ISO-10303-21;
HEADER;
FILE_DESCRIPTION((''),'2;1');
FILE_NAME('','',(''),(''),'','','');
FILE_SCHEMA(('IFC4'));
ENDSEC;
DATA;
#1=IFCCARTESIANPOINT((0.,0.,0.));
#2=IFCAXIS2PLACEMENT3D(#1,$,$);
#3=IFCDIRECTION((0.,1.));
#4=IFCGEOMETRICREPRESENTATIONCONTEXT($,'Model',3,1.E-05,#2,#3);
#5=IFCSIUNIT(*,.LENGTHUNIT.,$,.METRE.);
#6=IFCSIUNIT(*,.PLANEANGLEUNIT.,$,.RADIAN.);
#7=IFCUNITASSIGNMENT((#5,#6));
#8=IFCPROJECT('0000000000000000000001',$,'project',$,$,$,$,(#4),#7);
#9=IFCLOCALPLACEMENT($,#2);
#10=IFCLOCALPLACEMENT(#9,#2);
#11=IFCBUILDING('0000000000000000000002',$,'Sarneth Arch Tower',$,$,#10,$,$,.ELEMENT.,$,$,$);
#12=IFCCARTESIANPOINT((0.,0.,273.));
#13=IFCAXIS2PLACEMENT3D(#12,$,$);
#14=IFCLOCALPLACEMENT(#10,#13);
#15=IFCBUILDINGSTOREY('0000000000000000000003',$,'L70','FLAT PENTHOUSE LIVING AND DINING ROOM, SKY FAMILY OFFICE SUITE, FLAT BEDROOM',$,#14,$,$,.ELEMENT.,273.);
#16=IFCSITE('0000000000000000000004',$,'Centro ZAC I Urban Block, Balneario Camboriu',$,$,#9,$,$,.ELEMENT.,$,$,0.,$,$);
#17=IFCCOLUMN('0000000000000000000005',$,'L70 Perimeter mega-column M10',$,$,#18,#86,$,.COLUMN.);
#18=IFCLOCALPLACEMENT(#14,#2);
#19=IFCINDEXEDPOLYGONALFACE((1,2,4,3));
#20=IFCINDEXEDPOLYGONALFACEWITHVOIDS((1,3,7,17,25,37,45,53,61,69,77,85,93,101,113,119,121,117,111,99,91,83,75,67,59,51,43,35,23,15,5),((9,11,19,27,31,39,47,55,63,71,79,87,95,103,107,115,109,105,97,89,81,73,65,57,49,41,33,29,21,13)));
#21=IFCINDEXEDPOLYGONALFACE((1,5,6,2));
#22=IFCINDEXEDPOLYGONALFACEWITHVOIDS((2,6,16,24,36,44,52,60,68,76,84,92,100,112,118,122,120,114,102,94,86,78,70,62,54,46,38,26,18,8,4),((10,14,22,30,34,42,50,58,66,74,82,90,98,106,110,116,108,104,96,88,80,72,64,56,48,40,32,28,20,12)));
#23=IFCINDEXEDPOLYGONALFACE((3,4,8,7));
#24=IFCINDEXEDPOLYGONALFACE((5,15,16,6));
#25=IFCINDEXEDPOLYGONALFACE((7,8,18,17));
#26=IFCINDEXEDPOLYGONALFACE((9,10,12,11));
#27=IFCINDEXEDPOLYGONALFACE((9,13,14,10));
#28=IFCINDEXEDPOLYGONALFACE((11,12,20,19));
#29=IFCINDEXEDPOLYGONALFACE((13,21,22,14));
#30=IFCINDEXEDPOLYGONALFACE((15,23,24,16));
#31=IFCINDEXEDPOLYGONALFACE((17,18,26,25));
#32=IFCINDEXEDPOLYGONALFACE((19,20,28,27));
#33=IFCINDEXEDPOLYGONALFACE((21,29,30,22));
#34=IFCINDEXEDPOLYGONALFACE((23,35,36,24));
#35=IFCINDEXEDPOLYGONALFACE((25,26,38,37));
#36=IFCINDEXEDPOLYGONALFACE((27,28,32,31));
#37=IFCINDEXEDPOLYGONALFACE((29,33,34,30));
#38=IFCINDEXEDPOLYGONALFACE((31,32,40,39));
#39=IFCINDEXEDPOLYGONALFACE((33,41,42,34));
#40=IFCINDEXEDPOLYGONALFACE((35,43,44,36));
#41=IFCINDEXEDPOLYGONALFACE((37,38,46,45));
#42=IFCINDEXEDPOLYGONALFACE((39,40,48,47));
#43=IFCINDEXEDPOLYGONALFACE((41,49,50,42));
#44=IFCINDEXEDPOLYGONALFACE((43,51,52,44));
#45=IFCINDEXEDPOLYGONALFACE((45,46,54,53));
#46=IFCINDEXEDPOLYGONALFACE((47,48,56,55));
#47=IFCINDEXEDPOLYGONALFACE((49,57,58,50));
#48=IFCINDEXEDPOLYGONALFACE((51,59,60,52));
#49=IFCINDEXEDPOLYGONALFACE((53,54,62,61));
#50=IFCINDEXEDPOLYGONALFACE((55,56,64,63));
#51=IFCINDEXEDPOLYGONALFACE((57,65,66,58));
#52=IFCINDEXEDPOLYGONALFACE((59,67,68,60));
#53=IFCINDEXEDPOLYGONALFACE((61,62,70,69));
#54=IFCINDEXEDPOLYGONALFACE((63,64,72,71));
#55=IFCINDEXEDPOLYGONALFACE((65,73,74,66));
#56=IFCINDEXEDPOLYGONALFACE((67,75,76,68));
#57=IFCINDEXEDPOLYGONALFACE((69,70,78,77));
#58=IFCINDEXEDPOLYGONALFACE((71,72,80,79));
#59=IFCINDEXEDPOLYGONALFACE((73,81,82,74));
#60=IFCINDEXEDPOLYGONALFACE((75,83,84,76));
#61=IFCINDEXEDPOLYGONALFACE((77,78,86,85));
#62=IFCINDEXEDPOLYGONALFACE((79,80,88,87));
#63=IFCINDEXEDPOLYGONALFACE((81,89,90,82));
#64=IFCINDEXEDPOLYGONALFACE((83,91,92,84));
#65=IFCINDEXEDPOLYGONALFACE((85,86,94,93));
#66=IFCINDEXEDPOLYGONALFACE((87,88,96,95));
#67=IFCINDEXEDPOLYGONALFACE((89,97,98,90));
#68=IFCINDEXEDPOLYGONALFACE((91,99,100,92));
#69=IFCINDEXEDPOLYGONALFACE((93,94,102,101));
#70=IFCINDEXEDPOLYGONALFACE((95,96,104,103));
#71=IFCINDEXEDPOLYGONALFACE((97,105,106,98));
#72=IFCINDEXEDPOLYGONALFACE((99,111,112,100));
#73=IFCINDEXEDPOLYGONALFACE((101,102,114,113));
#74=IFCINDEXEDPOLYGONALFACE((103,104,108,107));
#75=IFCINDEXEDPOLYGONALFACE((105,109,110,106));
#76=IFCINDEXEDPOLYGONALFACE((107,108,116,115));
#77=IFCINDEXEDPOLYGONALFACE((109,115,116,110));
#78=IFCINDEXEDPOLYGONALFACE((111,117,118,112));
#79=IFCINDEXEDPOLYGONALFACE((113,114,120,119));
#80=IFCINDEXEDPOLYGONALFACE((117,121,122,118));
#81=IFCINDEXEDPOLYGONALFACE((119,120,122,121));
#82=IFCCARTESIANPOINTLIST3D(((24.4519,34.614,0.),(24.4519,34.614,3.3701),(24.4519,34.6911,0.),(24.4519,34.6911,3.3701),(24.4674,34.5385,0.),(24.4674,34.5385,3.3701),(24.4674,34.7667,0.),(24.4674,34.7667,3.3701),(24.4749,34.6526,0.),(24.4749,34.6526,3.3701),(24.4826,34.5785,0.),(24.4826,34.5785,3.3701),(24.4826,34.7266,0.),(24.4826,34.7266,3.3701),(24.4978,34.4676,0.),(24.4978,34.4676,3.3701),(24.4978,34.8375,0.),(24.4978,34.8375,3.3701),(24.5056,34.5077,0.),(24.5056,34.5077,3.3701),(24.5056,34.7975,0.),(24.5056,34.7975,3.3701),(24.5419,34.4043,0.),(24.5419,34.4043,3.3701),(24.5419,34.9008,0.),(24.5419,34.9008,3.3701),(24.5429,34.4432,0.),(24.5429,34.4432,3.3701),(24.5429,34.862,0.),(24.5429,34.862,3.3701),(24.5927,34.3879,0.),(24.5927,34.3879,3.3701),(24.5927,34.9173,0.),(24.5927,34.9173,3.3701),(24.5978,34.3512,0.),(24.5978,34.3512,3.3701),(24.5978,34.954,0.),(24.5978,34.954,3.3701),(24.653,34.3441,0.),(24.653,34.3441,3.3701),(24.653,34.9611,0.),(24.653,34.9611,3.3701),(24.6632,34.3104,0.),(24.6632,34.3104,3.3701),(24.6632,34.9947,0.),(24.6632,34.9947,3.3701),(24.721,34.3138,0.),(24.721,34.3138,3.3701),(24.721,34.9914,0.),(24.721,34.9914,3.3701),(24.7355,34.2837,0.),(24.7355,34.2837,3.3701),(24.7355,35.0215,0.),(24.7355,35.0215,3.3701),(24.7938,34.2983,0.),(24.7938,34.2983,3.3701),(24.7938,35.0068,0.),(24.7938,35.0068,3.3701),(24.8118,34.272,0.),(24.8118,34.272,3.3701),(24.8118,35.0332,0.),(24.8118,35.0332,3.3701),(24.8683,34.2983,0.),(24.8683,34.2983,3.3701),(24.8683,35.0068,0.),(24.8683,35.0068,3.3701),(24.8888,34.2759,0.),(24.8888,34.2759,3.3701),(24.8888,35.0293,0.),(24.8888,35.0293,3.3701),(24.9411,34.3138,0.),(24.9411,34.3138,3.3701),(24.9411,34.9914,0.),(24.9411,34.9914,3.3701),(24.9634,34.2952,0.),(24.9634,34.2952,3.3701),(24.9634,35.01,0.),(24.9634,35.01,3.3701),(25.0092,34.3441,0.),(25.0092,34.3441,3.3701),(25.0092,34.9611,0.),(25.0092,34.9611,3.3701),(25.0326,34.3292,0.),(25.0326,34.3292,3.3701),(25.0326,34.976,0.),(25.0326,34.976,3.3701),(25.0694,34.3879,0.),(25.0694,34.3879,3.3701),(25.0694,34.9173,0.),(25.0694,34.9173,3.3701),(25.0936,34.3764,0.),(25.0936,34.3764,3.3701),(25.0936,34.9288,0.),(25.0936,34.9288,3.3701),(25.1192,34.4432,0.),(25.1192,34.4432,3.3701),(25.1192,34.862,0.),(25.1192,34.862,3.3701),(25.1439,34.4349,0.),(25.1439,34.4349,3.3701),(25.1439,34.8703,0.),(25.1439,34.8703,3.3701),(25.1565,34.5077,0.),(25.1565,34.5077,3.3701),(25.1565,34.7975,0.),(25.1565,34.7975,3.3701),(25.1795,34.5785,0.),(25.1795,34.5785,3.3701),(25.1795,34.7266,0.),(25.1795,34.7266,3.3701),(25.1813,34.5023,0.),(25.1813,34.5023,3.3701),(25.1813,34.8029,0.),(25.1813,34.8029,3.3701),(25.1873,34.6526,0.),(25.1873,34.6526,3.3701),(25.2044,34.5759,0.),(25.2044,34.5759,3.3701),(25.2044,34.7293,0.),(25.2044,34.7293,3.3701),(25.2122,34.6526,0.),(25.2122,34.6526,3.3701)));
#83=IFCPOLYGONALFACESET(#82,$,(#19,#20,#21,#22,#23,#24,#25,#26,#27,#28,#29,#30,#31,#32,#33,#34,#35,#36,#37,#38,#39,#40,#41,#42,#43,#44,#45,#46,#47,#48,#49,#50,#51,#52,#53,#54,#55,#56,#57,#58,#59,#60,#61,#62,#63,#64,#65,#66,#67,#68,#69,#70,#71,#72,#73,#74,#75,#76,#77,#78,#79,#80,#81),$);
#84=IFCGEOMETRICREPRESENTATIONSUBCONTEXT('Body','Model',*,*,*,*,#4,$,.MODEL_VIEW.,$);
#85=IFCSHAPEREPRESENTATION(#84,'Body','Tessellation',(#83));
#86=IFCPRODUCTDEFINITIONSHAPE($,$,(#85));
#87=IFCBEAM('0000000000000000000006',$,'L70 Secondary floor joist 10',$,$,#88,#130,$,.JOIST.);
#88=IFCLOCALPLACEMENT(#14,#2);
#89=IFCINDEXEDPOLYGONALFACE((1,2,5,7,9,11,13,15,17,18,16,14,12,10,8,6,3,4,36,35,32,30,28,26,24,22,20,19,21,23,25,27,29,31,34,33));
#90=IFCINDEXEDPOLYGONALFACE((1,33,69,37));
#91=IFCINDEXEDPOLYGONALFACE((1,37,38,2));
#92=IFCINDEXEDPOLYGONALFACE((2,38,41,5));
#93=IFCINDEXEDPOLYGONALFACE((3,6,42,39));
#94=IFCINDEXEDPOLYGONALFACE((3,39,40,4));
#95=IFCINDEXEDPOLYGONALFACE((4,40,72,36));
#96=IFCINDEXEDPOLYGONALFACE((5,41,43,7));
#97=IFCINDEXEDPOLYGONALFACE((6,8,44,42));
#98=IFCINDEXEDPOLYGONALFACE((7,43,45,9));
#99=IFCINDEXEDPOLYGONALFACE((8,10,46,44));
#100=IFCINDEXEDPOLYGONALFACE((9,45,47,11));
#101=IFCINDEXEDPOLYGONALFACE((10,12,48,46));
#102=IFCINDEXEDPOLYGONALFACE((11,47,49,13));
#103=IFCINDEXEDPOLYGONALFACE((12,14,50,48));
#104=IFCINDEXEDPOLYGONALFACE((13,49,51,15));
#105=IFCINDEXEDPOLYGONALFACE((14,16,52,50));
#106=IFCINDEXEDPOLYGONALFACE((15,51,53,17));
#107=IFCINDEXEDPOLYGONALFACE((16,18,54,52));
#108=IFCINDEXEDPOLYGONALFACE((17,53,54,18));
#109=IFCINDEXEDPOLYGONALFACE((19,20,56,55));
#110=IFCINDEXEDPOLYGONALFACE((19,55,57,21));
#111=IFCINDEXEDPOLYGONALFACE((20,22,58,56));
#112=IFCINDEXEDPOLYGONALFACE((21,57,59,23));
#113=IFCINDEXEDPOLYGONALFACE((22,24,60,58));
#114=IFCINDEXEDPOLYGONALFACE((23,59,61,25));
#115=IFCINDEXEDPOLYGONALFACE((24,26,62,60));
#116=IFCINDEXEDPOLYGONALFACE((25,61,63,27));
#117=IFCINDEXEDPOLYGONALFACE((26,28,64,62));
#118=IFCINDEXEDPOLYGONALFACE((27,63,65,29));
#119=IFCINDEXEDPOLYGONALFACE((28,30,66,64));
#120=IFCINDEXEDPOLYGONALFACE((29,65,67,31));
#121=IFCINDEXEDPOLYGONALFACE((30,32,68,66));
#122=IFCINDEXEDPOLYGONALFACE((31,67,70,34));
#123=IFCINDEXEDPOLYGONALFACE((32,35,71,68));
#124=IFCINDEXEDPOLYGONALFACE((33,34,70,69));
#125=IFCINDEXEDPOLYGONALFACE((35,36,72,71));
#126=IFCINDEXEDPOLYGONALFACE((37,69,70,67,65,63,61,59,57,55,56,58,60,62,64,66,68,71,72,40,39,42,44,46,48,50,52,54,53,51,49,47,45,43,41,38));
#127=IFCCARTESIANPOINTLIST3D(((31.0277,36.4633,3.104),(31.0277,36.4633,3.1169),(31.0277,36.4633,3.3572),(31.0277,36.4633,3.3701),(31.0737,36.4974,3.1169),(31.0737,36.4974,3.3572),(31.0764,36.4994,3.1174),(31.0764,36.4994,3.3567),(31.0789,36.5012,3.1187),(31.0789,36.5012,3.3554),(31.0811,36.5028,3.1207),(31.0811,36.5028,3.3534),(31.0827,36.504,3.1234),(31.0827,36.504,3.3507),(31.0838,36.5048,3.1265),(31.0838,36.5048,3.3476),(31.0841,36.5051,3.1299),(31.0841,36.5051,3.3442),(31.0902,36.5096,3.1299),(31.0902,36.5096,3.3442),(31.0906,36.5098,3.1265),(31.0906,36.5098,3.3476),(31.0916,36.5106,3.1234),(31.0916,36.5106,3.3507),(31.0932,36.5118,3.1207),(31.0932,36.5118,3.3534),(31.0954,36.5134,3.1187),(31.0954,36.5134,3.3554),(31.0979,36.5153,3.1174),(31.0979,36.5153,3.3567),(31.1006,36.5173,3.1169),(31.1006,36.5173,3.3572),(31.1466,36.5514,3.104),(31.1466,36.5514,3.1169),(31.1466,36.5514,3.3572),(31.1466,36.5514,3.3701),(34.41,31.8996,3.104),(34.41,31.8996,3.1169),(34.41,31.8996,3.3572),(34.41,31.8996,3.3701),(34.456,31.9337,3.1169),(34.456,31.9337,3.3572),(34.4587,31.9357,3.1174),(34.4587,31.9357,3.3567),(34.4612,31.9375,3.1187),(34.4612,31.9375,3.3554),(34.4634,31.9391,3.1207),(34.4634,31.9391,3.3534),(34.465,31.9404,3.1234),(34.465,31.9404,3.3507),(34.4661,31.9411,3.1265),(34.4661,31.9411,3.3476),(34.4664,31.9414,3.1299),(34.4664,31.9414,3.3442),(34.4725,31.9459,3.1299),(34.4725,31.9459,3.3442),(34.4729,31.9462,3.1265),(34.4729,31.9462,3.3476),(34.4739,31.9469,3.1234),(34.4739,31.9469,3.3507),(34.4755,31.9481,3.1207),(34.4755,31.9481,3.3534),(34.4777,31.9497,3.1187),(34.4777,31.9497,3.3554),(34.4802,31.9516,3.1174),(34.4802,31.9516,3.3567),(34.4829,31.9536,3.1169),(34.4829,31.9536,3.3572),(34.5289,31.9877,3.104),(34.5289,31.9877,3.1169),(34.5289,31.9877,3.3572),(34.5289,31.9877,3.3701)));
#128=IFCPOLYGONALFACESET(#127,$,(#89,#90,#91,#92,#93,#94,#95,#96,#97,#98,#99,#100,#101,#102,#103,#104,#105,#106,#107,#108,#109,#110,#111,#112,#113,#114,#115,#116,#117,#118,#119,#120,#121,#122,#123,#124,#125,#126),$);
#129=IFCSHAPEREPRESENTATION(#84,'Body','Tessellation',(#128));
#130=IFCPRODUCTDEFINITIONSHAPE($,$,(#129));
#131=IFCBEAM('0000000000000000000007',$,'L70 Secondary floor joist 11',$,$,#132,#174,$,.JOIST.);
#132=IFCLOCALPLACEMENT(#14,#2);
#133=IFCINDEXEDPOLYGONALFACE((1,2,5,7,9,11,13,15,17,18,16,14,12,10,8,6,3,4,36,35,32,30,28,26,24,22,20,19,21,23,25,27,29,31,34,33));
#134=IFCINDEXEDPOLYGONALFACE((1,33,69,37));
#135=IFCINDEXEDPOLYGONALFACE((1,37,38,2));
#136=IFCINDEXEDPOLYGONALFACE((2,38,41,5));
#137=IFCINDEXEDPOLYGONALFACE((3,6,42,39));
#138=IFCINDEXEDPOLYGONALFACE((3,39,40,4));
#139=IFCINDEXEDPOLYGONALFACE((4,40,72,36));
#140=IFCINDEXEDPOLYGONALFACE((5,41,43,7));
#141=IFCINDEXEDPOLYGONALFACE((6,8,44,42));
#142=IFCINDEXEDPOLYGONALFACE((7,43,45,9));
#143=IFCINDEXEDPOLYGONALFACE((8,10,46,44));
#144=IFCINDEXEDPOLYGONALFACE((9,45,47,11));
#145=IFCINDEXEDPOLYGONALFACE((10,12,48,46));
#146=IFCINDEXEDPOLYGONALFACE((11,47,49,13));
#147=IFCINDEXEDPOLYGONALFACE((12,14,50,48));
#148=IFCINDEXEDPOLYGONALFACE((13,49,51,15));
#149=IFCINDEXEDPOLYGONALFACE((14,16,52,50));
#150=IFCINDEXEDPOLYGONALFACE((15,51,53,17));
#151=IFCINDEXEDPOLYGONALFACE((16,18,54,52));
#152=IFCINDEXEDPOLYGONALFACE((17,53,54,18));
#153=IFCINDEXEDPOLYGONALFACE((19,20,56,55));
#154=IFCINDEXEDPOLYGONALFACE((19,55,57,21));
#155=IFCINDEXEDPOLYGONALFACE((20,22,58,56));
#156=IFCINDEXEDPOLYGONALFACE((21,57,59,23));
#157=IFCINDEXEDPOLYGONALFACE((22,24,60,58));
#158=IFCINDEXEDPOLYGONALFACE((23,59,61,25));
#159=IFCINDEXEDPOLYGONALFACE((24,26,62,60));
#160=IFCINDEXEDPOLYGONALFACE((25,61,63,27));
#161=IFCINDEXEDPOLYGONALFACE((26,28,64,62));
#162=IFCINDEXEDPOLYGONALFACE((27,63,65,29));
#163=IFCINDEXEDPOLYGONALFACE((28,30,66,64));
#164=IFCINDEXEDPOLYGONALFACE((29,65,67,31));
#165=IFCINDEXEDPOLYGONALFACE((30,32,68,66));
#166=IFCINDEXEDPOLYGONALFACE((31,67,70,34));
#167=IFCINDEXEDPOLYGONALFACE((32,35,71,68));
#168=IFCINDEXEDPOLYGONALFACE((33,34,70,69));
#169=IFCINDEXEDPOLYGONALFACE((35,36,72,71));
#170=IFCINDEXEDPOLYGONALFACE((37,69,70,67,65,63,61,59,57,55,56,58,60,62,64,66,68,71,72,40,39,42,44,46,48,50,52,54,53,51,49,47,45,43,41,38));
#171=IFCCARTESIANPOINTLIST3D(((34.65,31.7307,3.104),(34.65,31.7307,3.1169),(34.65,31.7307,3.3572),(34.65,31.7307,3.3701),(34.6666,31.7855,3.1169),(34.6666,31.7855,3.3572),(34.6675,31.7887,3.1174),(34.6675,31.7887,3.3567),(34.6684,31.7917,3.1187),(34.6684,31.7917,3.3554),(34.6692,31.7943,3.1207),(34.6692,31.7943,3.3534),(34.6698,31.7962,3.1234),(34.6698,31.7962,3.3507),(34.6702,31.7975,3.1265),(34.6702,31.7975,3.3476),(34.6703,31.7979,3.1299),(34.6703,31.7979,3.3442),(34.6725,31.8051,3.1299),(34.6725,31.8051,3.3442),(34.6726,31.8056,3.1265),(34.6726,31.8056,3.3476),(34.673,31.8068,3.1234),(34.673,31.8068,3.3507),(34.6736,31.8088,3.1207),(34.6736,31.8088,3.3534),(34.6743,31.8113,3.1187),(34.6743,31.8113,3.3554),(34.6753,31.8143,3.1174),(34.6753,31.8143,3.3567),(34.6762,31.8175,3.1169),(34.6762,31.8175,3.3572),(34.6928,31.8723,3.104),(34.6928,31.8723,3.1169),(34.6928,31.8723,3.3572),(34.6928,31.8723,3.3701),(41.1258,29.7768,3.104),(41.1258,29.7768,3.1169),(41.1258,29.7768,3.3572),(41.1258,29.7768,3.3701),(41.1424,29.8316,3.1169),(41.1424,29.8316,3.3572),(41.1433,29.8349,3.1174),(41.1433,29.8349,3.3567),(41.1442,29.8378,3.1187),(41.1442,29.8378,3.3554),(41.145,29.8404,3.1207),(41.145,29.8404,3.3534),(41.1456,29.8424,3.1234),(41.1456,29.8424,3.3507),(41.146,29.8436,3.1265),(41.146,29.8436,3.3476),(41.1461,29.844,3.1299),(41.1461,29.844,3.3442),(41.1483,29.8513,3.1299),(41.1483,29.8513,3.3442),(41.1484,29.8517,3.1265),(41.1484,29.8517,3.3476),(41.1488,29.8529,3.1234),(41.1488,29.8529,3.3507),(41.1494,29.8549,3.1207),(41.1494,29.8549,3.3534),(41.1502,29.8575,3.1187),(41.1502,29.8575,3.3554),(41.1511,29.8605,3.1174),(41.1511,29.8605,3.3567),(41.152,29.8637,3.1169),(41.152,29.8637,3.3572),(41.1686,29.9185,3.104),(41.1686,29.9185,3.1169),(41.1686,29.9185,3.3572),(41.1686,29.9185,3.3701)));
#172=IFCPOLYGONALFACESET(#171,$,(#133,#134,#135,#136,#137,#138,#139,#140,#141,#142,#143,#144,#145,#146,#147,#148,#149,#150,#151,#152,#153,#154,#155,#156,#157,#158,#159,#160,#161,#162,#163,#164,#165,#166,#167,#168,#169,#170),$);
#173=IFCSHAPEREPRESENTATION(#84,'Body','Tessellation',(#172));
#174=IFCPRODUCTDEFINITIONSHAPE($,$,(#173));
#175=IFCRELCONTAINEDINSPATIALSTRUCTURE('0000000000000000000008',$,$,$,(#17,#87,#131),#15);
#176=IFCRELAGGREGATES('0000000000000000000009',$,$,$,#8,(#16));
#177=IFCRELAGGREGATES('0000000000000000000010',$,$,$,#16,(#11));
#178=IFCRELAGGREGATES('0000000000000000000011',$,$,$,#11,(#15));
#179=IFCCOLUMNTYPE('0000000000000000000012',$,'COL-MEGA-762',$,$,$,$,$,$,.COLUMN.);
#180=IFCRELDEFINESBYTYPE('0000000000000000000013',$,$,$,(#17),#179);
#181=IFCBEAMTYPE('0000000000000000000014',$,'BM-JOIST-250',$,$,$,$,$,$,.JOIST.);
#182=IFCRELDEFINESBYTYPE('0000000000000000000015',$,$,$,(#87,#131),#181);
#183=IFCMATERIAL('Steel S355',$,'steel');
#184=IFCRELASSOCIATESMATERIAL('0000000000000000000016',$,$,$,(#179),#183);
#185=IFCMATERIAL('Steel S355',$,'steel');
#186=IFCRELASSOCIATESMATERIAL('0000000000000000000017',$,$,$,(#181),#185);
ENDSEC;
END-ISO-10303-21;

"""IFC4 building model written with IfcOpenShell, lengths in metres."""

from ifc_helpers import new_model, si_unit, direction, frame, origin, origin_2d, place, context, subcontext, project, spatial, hollow_circle, i_section, extrude, material, material_profile, profile_set, type_object, element, save


model = new_model("IFC4")

# Units and contexts
model_context = context("Model", 3, precision=1e-05, world=origin(), true_north=direction((0.0, 1.0)))
body_context = subcontext(model_context, "Body", "Model", "MODEL_VIEW")
ifc_project = project(units=[si_unit("LENGTHUNIT", "METRE"), si_unit("PLANEANGLEUNIT", "RADIAN")], contexts=[model_context])

# Site, building, storey
site_placement = place(None, origin())
site = spatial("IfcSite", under=ifc_project, at=site_placement, Name="Centro ZAC I Urban Block, Balneario Camboriu", CompositionType="ELEMENT", RefElevation=0.0)
building_placement = place(site_placement, origin())
building = spatial("IfcBuilding", under=site, at=building_placement, Name="Sarneth Arch Tower", CompositionType="ELEMENT")
storey_placement = place(building_placement, frame((0.0, 0.0, 273.0)))
storey = spatial("IfcBuildingStorey", under=building, at=storey_placement, Name="L70", Description="FLAT PENTHOUSE LIVING AND DINING ROOM, SKY FAMILY OFFICE SUITE, FLAT BEDROOM", CompositionType="ELEMENT", Elevation=273.0)

# Column
ifc_material_1 = material(Name="Steel S355", Category="steel")
ifc_material_profile_1 = material_profile(ifc_material_1, hollow_circle(Radius=0.3811, WallThickness=0.0249, at=origin_2d()), Name="CHS762x25")
ifc_profile_set_1 = profile_set([ifc_material_profile_1], Name="Steel S355")
column_type = type_object("IfcColumnType", Name="COL-MEGA-762", PredefinedType="COLUMN", material=ifc_profile_set_1)
column_placement = place(storey_placement, frame((24.8311, 34.6526, 0.0), z_axis=(0.0, 0.0, 1.0), x_axis=(1.0, 0.0, 0.0)))
element("IfcColumn", 1, at=column_placement, inside=storey, type_object=column_type, Name="L70 Perimeter mega-column M10", PredefinedType="COLUMN", context=body_context, shape_type="SweptSolid", body=[
    extrude(hollow_circle(Radius=0.3811, WallThickness=0.0249, at=origin_2d()), origin(), (0.0, 0.0, 1.0), 3.3701),
])

# Beams
ifc_material_2 = material(Name="Steel S355", Category="steel")
ifc_material_profile_2 = material_profile(ifc_material_2, i_section(OverallWidth=0.1479, OverallDepth=0.2661, WebThickness=0.0076, FlangeThickness=0.0129, FilletRadius=0.0129, at=origin_2d()), Name="W250x44.8")
ifc_profile_set_2 = profile_set([ifc_material_profile_2], Name="Steel S355")
beam_type_1 = type_object("IfcBeamType", Name="BM-JOIST-250", PredefinedType="JOIST", material=ifc_profile_set_2)
beam_1_placement = place(storey_placement, frame((31.0872, 36.5073, 3.2371), z_axis=(0.595431, -0.803406, 0.0), x_axis=(0.803406, 0.595431, 0.0)))
element("IfcBeam", 2, at=beam_1_placement, inside=storey, type_object=beam_type_1, Name="L70 Secondary floor joist 10", PredefinedType="JOIST", context=body_context, shape_type="SweptSolid", body=[
    extrude(i_section(OverallWidth=0.1479, OverallDepth=0.2661, WebThickness=0.0076, FlangeThickness=0.0129, FilletRadius=0.0129, at=origin_2d()), origin(), (0.0, 0.0, 1.0), 5.6804),
])
beam_2_placement = place(storey_placement, frame((34.6714, 31.8015, 3.2371), z_axis=(0.957373, -0.288854, 0.0), x_axis=(0.288854, 0.957373, 0.0)))
element("IfcBeam", 3, at=beam_2_placement, inside=storey, type_object=beam_type_1, Name="L70 Secondary floor joist 11", PredefinedType="JOIST", context=body_context, shape_type="SweptSolid", body=[
    extrude(i_section(OverallWidth=0.1479, OverallDepth=0.2661, WebThickness=0.0076, FlangeThickness=0.0129, FilletRadius=0.0129, at=origin_2d()), origin(), (0.0, 0.0, 1.0), 6.7642),
])

save(model, "model.ifc")
